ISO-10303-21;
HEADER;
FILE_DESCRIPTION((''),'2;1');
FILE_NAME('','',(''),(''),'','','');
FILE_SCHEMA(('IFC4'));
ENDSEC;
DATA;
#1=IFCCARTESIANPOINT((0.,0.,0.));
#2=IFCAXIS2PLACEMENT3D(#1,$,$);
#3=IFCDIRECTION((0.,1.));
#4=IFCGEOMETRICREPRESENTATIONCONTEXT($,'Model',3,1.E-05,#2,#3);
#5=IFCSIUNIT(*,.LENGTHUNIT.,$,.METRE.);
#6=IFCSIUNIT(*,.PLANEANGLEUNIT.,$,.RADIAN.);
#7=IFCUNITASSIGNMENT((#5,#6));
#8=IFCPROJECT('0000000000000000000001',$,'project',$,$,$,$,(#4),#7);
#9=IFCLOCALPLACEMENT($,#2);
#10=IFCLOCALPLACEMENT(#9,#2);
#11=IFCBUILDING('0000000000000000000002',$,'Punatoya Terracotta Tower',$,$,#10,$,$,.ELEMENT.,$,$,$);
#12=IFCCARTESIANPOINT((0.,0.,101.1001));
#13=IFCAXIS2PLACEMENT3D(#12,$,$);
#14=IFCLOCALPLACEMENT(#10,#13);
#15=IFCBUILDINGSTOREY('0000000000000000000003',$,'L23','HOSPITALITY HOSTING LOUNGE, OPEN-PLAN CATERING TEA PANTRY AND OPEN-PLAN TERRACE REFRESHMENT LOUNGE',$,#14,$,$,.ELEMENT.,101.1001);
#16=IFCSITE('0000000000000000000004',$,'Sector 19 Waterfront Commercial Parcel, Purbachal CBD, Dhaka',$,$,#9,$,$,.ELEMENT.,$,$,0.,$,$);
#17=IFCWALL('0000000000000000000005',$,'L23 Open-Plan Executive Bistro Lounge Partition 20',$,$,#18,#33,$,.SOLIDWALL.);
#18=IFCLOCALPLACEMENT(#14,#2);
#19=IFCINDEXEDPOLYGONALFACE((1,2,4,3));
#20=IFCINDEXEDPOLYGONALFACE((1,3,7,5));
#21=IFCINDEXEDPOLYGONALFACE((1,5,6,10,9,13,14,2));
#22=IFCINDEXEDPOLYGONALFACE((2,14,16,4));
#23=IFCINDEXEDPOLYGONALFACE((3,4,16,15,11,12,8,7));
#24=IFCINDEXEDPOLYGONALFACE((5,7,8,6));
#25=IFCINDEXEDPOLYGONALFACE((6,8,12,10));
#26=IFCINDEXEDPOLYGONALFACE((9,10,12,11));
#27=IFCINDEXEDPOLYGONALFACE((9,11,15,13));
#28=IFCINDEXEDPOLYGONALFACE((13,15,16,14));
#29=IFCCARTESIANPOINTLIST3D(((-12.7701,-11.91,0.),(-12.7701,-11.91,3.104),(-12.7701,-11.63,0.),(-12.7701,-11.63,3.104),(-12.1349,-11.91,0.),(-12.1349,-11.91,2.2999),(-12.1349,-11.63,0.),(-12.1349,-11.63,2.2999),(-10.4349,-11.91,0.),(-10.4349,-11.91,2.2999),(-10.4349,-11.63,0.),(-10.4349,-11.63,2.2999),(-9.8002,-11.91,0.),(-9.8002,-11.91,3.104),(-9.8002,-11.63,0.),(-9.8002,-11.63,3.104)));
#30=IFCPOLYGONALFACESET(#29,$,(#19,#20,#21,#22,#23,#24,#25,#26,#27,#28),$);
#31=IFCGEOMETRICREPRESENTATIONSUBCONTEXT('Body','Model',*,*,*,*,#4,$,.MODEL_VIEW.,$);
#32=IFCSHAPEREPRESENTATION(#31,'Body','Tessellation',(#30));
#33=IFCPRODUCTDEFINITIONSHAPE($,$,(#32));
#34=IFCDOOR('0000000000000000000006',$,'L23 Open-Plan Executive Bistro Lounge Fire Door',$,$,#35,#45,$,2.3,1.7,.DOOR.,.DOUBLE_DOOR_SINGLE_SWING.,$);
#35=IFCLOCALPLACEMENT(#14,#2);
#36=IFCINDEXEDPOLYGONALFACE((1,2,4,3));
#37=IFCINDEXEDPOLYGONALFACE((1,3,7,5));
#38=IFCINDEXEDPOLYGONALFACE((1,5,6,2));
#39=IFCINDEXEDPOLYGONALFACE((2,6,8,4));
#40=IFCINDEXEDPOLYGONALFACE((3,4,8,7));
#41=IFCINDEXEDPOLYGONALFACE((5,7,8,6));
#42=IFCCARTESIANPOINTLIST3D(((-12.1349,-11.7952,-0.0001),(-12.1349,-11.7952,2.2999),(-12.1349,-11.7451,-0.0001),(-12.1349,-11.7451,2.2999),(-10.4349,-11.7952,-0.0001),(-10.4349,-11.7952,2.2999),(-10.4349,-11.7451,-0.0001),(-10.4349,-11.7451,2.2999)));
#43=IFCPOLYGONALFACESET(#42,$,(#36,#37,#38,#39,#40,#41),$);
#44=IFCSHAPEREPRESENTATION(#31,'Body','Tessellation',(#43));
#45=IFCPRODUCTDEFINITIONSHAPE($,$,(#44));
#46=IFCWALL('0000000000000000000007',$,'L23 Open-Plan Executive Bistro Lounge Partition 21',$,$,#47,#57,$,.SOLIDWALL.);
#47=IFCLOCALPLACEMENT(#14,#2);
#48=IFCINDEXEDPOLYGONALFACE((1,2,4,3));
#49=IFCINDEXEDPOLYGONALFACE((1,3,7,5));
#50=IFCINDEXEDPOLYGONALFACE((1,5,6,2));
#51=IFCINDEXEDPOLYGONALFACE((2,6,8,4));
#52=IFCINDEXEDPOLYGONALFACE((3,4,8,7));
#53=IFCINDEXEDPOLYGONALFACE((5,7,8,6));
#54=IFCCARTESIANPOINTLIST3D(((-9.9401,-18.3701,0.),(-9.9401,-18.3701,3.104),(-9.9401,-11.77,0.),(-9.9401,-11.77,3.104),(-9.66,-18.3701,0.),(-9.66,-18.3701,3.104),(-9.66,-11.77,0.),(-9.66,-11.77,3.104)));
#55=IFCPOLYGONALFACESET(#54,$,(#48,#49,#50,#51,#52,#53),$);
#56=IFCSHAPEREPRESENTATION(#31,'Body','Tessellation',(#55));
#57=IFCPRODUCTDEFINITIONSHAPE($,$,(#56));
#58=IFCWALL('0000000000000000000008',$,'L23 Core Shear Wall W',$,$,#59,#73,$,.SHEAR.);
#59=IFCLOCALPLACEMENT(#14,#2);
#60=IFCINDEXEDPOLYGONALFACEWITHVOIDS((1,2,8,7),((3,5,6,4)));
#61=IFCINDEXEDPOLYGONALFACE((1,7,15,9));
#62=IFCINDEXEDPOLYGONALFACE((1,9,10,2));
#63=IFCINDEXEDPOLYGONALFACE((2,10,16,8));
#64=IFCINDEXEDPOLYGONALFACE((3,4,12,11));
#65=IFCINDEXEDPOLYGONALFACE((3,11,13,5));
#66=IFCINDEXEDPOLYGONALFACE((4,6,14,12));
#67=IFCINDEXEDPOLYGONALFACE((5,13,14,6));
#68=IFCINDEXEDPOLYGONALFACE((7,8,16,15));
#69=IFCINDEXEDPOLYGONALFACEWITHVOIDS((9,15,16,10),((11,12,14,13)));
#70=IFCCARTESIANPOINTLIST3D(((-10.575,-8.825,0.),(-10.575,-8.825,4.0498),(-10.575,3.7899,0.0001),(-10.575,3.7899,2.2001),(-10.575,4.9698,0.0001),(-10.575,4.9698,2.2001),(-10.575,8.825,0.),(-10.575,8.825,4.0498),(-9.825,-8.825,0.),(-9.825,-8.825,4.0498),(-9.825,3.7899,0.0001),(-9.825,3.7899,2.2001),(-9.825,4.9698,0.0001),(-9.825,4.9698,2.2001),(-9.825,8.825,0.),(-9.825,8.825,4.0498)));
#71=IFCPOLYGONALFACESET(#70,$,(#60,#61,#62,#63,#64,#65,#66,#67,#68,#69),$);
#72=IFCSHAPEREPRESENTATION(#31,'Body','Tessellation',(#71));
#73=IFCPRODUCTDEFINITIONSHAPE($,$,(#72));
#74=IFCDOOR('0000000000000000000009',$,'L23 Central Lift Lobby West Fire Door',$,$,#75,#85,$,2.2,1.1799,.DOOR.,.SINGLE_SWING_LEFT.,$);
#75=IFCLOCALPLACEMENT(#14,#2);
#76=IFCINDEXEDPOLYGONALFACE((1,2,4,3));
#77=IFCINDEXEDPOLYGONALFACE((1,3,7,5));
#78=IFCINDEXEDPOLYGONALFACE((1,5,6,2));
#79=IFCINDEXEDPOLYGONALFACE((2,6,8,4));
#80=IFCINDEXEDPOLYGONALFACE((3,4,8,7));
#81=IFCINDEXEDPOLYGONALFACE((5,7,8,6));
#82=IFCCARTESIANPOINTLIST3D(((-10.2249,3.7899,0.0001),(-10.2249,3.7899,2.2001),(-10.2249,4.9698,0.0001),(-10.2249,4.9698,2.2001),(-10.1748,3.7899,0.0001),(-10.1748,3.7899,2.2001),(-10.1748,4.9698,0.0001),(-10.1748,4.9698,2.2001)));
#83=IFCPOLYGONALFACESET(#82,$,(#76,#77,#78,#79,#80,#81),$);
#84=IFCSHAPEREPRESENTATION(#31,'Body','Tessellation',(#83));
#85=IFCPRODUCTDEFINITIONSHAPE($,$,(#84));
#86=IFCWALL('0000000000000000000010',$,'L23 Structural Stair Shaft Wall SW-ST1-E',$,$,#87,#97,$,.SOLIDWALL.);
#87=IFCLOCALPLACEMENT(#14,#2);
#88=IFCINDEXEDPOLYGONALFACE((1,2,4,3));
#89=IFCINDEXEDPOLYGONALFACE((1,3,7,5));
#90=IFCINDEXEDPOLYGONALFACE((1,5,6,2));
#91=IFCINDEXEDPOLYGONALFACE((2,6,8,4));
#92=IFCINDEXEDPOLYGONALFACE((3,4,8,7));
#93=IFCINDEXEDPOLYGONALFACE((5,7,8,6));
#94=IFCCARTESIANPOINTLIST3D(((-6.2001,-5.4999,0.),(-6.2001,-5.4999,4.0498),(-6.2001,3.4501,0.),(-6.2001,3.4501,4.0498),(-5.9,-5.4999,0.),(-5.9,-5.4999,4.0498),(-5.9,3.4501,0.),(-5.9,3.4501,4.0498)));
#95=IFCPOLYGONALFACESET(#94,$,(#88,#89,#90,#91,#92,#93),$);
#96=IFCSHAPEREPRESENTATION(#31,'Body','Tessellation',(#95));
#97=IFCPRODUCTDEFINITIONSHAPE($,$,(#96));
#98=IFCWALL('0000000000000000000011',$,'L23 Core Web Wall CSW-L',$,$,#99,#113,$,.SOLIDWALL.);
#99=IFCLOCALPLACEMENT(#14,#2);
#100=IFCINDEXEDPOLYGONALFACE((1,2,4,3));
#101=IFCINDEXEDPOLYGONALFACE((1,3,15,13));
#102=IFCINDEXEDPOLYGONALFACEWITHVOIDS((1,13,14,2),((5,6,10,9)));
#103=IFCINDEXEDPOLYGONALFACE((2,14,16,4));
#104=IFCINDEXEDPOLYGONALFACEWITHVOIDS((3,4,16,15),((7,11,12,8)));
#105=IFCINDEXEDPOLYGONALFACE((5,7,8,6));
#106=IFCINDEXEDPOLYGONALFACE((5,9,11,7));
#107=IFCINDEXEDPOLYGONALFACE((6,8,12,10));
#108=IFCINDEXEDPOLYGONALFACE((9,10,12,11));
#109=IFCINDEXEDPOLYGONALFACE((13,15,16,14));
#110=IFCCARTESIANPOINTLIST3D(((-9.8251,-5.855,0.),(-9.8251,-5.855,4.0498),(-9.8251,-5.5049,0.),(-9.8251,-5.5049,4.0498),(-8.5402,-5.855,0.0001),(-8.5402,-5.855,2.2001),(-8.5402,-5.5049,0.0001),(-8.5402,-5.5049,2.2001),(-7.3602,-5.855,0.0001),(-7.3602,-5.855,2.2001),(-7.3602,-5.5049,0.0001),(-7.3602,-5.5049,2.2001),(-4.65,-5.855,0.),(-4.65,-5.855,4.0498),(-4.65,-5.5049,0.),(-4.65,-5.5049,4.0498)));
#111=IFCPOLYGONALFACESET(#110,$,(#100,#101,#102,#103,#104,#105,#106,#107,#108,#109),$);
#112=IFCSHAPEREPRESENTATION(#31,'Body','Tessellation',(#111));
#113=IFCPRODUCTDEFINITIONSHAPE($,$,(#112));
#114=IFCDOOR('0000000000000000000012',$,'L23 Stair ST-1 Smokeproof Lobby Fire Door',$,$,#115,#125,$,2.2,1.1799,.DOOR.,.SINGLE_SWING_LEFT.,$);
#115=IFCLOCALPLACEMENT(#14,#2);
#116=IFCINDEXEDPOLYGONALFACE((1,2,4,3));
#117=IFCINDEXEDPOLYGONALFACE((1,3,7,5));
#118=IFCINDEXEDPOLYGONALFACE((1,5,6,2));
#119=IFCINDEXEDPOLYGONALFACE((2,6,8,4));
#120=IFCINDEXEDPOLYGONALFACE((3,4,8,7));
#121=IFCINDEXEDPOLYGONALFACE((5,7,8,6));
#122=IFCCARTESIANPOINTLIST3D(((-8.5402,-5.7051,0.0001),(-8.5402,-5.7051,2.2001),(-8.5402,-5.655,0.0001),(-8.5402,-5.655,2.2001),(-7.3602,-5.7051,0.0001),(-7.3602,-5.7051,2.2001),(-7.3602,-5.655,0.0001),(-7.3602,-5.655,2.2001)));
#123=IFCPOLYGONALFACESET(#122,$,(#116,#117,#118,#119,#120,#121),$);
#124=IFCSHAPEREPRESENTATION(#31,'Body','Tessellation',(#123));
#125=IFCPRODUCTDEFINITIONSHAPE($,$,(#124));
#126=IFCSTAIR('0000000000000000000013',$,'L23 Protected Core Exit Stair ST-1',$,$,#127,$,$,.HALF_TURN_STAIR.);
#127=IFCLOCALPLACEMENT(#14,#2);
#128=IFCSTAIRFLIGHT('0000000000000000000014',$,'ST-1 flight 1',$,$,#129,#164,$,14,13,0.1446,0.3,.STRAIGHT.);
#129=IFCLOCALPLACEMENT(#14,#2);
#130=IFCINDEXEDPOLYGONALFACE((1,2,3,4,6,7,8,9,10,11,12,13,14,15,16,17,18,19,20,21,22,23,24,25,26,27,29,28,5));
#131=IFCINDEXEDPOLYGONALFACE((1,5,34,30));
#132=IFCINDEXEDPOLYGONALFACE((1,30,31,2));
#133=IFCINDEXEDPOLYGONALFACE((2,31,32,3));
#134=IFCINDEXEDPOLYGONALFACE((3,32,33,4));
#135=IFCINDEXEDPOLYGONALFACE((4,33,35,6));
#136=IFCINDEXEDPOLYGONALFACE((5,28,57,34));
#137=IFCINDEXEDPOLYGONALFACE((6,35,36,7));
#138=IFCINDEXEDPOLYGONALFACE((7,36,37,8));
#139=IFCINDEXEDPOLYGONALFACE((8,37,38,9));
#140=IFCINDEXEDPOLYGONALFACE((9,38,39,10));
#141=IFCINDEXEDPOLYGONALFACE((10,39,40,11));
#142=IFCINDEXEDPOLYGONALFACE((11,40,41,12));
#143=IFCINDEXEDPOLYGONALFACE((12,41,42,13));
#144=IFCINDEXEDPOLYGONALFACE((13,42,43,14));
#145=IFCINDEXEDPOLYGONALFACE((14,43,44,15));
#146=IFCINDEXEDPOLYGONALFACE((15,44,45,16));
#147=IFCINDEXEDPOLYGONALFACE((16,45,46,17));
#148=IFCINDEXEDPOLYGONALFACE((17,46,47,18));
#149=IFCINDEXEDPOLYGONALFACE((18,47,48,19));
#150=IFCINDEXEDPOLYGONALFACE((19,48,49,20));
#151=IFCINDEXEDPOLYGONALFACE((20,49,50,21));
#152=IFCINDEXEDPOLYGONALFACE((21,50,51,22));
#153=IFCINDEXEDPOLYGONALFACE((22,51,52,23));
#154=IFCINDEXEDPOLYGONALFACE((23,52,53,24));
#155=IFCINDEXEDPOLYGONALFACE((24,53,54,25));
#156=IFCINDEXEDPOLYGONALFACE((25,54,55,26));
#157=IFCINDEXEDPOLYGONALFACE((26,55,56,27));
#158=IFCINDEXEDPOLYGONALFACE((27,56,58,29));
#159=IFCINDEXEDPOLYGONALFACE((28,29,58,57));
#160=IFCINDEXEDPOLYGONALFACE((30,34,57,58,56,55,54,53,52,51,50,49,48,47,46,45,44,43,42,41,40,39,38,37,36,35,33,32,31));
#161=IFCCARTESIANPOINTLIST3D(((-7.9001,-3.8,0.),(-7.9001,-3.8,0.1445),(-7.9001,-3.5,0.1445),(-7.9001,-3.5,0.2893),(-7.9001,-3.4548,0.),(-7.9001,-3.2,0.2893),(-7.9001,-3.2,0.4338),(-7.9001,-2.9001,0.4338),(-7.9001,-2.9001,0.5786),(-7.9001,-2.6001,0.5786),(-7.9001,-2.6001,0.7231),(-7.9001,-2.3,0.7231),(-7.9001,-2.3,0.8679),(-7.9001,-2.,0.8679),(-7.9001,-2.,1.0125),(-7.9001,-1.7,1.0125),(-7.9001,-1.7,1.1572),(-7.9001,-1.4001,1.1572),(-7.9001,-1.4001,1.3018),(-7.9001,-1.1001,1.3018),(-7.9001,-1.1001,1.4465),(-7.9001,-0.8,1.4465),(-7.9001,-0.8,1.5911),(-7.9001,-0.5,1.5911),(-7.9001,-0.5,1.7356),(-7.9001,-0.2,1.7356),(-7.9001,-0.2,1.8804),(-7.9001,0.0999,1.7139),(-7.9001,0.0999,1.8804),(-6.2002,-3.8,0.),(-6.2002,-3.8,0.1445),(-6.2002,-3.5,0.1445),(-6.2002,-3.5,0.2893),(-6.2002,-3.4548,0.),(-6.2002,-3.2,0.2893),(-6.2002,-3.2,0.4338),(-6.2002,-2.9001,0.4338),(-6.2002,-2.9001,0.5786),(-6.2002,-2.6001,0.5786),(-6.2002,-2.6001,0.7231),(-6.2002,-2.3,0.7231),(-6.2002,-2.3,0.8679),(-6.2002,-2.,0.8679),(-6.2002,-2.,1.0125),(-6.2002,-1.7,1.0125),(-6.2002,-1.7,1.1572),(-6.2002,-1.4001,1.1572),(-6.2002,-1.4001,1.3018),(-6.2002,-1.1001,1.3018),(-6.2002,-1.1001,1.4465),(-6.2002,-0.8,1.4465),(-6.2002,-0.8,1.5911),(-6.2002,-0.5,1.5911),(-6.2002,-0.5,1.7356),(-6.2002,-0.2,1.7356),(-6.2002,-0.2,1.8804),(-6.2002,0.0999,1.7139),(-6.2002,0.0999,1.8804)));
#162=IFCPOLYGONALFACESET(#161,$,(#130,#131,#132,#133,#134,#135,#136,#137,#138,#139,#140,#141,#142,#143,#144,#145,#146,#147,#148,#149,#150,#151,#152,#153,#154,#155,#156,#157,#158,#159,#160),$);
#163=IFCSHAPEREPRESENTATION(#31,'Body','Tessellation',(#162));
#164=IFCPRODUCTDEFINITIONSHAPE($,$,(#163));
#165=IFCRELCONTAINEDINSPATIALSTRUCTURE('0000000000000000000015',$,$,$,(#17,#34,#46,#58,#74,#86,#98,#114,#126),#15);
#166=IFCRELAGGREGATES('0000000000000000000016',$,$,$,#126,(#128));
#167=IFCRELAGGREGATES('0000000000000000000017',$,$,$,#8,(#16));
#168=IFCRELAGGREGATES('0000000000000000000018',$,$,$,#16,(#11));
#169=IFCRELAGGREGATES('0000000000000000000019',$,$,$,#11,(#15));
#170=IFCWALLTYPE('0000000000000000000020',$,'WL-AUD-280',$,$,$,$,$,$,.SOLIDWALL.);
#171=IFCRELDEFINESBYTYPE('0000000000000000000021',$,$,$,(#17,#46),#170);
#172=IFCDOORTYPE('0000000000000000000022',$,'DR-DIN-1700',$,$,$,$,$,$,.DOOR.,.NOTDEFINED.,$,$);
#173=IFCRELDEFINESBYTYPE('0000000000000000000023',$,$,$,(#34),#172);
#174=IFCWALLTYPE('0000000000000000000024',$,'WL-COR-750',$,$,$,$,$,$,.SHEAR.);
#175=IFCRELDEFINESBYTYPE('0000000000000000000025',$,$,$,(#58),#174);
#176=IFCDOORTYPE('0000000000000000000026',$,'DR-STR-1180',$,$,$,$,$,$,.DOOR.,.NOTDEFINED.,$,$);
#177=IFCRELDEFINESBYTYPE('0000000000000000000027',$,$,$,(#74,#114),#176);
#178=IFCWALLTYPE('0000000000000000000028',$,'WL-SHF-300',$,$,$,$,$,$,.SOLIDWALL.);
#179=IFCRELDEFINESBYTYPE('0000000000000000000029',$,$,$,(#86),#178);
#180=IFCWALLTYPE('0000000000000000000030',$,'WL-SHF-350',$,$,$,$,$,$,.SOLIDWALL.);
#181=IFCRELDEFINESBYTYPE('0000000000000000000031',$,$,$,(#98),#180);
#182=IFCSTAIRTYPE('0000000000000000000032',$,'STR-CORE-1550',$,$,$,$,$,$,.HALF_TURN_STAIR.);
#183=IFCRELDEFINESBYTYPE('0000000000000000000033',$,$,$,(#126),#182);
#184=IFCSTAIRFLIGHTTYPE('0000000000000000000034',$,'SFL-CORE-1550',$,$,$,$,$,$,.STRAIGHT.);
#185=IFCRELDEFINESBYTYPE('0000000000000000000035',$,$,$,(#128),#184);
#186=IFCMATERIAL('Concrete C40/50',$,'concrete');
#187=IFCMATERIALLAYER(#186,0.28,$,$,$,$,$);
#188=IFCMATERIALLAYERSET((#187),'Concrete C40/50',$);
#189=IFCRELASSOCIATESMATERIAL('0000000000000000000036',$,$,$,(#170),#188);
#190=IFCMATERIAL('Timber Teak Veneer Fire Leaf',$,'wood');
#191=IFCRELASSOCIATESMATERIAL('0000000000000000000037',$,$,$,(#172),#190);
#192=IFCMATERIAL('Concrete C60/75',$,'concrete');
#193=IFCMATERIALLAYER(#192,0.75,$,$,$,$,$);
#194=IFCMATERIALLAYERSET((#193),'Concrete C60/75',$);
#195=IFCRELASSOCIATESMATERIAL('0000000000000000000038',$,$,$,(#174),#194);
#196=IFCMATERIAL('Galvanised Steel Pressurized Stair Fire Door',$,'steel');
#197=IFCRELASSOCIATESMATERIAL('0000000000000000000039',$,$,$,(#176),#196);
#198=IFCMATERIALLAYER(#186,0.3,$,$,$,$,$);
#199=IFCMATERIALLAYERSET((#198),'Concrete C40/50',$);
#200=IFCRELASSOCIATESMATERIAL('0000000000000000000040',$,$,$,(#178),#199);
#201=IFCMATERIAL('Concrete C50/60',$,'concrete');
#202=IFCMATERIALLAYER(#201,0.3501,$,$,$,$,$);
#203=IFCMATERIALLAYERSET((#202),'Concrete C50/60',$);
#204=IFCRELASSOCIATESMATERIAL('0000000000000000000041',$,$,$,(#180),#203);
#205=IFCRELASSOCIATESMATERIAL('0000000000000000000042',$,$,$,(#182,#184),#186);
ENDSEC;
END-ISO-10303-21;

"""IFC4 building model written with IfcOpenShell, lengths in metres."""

from ifc_helpers import new_model, si_unit, direction, frame, frame_2d, origin, place, context, subcontext, project, spatial, polyline, rectangle, outline, extrude, material, layer, layer_set, type_object, element, fill, aggregate, save


model = new_model("IFC4")

# Units and contexts
model_context = context("Model", 3, precision=1e-05, world=origin(), true_north=direction((0.0, 1.0)))
body_context = subcontext(model_context, "Body", "Model", "MODEL_VIEW")
ifc_project = project(units=[si_unit("LENGTHUNIT", "METRE"), si_unit("PLANEANGLEUNIT", "RADIAN")], contexts=[model_context])

# Site, building, storey
site_placement = place(None, origin())
site = spatial("IfcSite", under=ifc_project, at=site_placement, Name="Sector 19 Waterfront Commercial Parcel, Purbachal CBD, Dhaka", CompositionType="ELEMENT", RefElevation=0.0)
building_placement = place(site_placement, origin())
building = spatial("IfcBuilding", under=site, at=building_placement, Name="Punatoya Terracotta Tower", CompositionType="ELEMENT")
storey_placement = place(building_placement, frame((0.0, 0.0, 101.1001)))
storey = spatial("IfcBuildingStorey", under=building, at=storey_placement, Name="L23", Description="HOSPITALITY HOSTING LOUNGE, OPEN-PLAN CATERING TEA PANTRY AND OPEN-PLAN TERRACE REFRESHMENT LOUNGE", CompositionType="ELEMENT", Elevation=101.1001)

# Shared definitions
ifc_material_1 = material(Name="Concrete C40/50", Category="concrete")
ifc_layer_1 = layer(ifc_material_1, 0.28)
ifc_layer_set_1 = layer_set([ifc_layer_1], Name="Concrete C40/50")
wall_type_1 = type_object("IfcWallType", Name="WL-AUD-280", PredefinedType="SOLIDWALL", material=ifc_layer_set_1)
ifc_material_2 = material(Name="Timber Teak Veneer Fire Leaf", Category="wood")
door_type_1 = type_object("IfcDoorType", Name="DR-DIN-1700", OperationType="NOTDEFINED", PredefinedType="DOOR", material=ifc_material_2)

# Wall, opening, door
wall_1_placement = place(storey_placement, frame((-12.77, -11.77, 0.0), z_axis=(0.0, 0.0, 1.0), x_axis=(1.0, 0.0, 0.0)))
wall_1 = element("IfcWall", 1, at=wall_1_placement, inside=storey, type_object=wall_type_1, Name="L23 Open-Plan Executive Bistro Lounge Partition 20", PredefinedType="SOLIDWALL", context=body_context, shape_type="SweptSolid", body=[
    extrude(rectangle(XDim=2.97, YDim=0.28, at=frame_2d((1.4849, 0.0))), origin(), (0.0, 0.0, 1.0), 3.104),
])
opening_1_placement = place(wall_1_placement, frame((0.635, 0.0, 0.0)))
opening_1 = element("IfcOpeningElement", 2, at=opening_1_placement, cuts=wall_1, PredefinedType="OPENING", context=body_context, shape_type="SweptSolid", body=[
    extrude(rectangle(XDim=1.7, YDim=2.3, at=frame_2d((0.8501, 1.1499))), frame((0.0, 0.1499, 0.0), z_axis=(0.0, -1.0, 0.0), x_axis=(1.0, 0.0, 0.0)), (0.0, 0.0, 1.0), 0.3),
])
door_1_placement = place(opening_1_placement, origin())
door_1 = element("IfcDoor", 3, at=door_1_placement, inside=storey, type_object=door_type_1, Name="L23 Open-Plan Executive Bistro Lounge Fire Door", OperationType="DOUBLE_DOOR_SINGLE_SWING", OverallHeight=2.3, OverallWidth=1.7, PredefinedType="DOOR", context=body_context, shape_type="SweptSolid", body=[
    extrude(rectangle(XDim=1.7, YDim=2.3, at=frame_2d((0.8501, 1.1499))), frame((0.0, 0.0249, 0.0), z_axis=(0.0, -1.0, 0.0), x_axis=(1.0, 0.0, 0.0)), (0.0, 0.0, 1.0), 0.05),
])
fill(opening_1, door_1)

# Wall
wall_2_placement = place(storey_placement, frame((-9.8, -11.77, 0.0), z_axis=(0.0, 0.0, 1.0), x_axis=(0.0, -1.0, 0.0)))
element("IfcWall", 4, at=wall_2_placement, inside=storey, type_object=wall_type_1, Name="L23 Open-Plan Executive Bistro Lounge Partition 21", PredefinedType="SOLIDWALL", context=body_context, shape_type="SweptSolid", body=[
    extrude(rectangle(XDim=6.6001, YDim=0.28, at=frame_2d((3.3, 0.0))), origin(), (0.0, 0.0, 1.0), 3.104),
])

# Wall, opening, door
ifc_material_3 = material(Name="Concrete C60/75", Category="concrete")
ifc_layer_2 = layer(ifc_material_3, 0.75)
ifc_layer_set_2 = layer_set([ifc_layer_2], Name="Concrete C60/75")
wall_type_2 = type_object("IfcWallType", Name="WL-COR-750", PredefinedType="SHEAR", material=ifc_layer_set_2)
wall_3_placement = place(storey_placement, frame((-10.2, -8.825, 0.0), z_axis=(0.0, 0.0, 1.0), x_axis=(0.0, 1.0, 0.0)))
wall_3 = element("IfcWall", 5, at=wall_3_placement, inside=storey, type_object=wall_type_2, Name="L23 Core Shear Wall W", PredefinedType="SHEAR", context=body_context, shape_type="SweptSolid", body=[
    extrude(rectangle(XDim=17.6499, YDim=0.75, at=frame_2d((8.825, 0.0))), origin(), (0.0, 0.0, 1.0), 4.0498),
])
opening_2_placement = place(wall_3_placement, frame((12.615, 0.0, 0.0)))
opening_2 = element("IfcOpeningElement", 6, at=opening_2_placement, cuts=wall_3, PredefinedType="OPENING", context=body_context, shape_type="SweptSolid", body=[
    extrude(rectangle(XDim=1.1799, YDim=2.2, at=frame_2d((0.5898, 1.1001))), frame((0.0, 0.385, 0.0), z_axis=(0.0, -1.0, 0.0), x_axis=(1.0, 0.0, 0.0)), (0.0, 0.0, 1.0), 0.77),
])
ifc_material_4 = material(Name="Galvanised Steel Pressurized Stair Fire Door", Category="steel")
door_type_2 = type_object("IfcDoorType", Name="DR-STR-1180", OperationType="NOTDEFINED", PredefinedType="DOOR", material=ifc_material_4)
door_2_placement = place(opening_2_placement, origin())
door_2 = element("IfcDoor", 7, at=door_2_placement, inside=storey, type_object=door_type_2, Name="L23 Central Lift Lobby West Fire Door", OperationType="SINGLE_SWING_LEFT", OverallHeight=2.2, OverallWidth=1.1799, PredefinedType="DOOR", context=body_context, shape_type="SweptSolid", body=[
    extrude(rectangle(XDim=1.1799, YDim=2.2, at=frame_2d((0.5898, 1.1001))), frame((0.0, 0.0249, 0.0), z_axis=(0.0, -1.0, 0.0), x_axis=(1.0, 0.0, 0.0)), (0.0, 0.0, 1.0), 0.05),
])
fill(opening_2, door_2)

# Wall
ifc_layer_3 = layer(ifc_material_1, 0.3)
ifc_layer_set_3 = layer_set([ifc_layer_3], Name="Concrete C40/50")
wall_type_3 = type_object("IfcWallType", Name="WL-SHF-300", PredefinedType="SOLIDWALL", material=ifc_layer_set_3)
wall_4_placement = place(storey_placement, frame((-6.05, -5.5, 0.0), z_axis=(0.0, 0.0, 1.0), x_axis=(0.0, 1.0, 0.0)))
element("IfcWall", 8, at=wall_4_placement, inside=storey, type_object=wall_type_3, Name="L23 Structural Stair Shaft Wall SW-ST1-E", PredefinedType="SOLIDWALL", context=body_context, shape_type="SweptSolid", body=[
    extrude(rectangle(XDim=8.95, YDim=0.3, at=frame_2d((4.4751, 0.0))), origin(), (0.0, 0.0, 1.0), 4.0498),
])

# Wall, opening, door
ifc_material_5 = material(Name="Concrete C50/60", Category="concrete")
ifc_layer_4 = layer(ifc_material_5, 0.3501)
ifc_layer_set_4 = layer_set([ifc_layer_4], Name="Concrete C50/60")
wall_type_4 = type_object("IfcWallType", Name="WL-SHF-350", PredefinedType="SOLIDWALL", material=ifc_layer_set_4)
wall_5_placement = place(storey_placement, frame((-9.825, -5.6799, 0.0), z_axis=(0.0, 0.0, 1.0), x_axis=(1.0, 0.0, 0.0)))
wall_5 = element("IfcWall", 9, at=wall_5_placement, inside=storey, type_object=wall_type_4, Name="L23 Core Web Wall CSW-L", PredefinedType="SOLIDWALL", context=body_context, shape_type="SweptSolid", body=[
    extrude(rectangle(XDim=5.175, YDim=0.3501, at=frame_2d((2.5874, 0.0))), origin(), (0.0, 0.0, 1.0), 4.0498),
])
opening_3_placement = place(wall_5_placement, frame((1.2849, 0.0, 0.0)))
opening_3 = element("IfcOpeningElement", 10, at=opening_3_placement, cuts=wall_5, PredefinedType="OPENING", context=body_context, shape_type="SweptSolid", body=[
    extrude(rectangle(XDim=1.1799, YDim=2.2, at=frame_2d((0.5898, 1.1001))), frame((0.0, 0.1851, 0.0), z_axis=(0.0, -1.0, 0.0), x_axis=(1.0, 0.0, 0.0)), (0.0, 0.0, 1.0), 0.3701),
])
door_3_placement = place(opening_3_placement, origin())
door_3 = element("IfcDoor", 11, at=door_3_placement, inside=storey, type_object=door_type_2, Name="L23 Stair ST-1 Smokeproof Lobby Fire Door", OperationType="SINGLE_SWING_LEFT", OverallHeight=2.2, OverallWidth=1.1799, PredefinedType="DOOR", context=body_context, shape_type="SweptSolid", body=[
    extrude(rectangle(XDim=1.1799, YDim=2.2, at=frame_2d((0.5898, 1.1001))), frame((0.0, 0.0249, 0.0), z_axis=(0.0, -1.0, 0.0), x_axis=(1.0, 0.0, 0.0)), (0.0, 0.0, 1.0), 0.05),
])
fill(opening_3, door_3)

# Stair, stair flight
stair_type = type_object("IfcStairType", Name="STR-CORE-1550", PredefinedType="HALF_TURN_STAIR", material=ifc_material_1)
stair_placement = place(storey_placement, origin())
stair = element("IfcStair", 12, at=stair_placement, inside=storey, type_object=stair_type, Name="L23 Protected Core Exit Stair ST-1", PredefinedType="HALF_TURN_STAIR")
stair_flight_type = type_object("IfcStairFlightType", Name="SFL-CORE-1550", PredefinedType="STRAIGHT", material=ifc_material_1)
stair_flight_placement = place(storey_placement, frame((-7.05, -3.8, 0.0), z_axis=(0.0, 0.0, 1.0), x_axis=(0.0, 1.0, 0.0)))
stair_flight = element("IfcStairFlight", 13, at=stair_flight_placement, type_object=stair_flight_type, Name="ST-1 flight 1", NumberOfRisers=14, NumberOfTreads=13, PredefinedType="STRAIGHT", RiserHeight=0.1446, TreadLength=0.3, context=body_context, shape_type="SweptSolid", body=[
    extrude(outline(polyline([(0.0, 0.0), (0.0, 0.1445), (0.3, 0.1445), (0.3, 0.2893), (0.6001, 0.2893), (0.6001, 0.4338), (0.8999, 0.4338), (0.8999, 0.5786), (1.2, 0.5786), (1.2, 0.7231), (1.5, 0.7231), (1.5, 0.8679), (1.8, 0.8679), (1.8, 1.0125), (2.1001, 1.0125), (2.1001, 1.1572), (2.3999, 1.1572), (2.3999, 1.3018), (2.7, 1.3018), (2.7, 1.4465), (3.0, 1.4465), (3.0, 1.5911), (3.3, 1.5911), (3.3, 1.7356), (3.6001, 1.7356), (3.6001, 1.8804), (3.8999, 1.8804), (3.8999, 2.0249), (3.8999, 1.7139), (0.3452, 0.0), (0.0, 0.0)])), frame((0.0, 0.8501, 0.0), z_axis=(0.0, -1.0, 0.0), x_axis=(1.0, 0.0, 0.0)), (0.0, 0.0, 1.0), 1.7),
])
aggregate(stair, [stair_flight])

save(model, "model.ifc")
